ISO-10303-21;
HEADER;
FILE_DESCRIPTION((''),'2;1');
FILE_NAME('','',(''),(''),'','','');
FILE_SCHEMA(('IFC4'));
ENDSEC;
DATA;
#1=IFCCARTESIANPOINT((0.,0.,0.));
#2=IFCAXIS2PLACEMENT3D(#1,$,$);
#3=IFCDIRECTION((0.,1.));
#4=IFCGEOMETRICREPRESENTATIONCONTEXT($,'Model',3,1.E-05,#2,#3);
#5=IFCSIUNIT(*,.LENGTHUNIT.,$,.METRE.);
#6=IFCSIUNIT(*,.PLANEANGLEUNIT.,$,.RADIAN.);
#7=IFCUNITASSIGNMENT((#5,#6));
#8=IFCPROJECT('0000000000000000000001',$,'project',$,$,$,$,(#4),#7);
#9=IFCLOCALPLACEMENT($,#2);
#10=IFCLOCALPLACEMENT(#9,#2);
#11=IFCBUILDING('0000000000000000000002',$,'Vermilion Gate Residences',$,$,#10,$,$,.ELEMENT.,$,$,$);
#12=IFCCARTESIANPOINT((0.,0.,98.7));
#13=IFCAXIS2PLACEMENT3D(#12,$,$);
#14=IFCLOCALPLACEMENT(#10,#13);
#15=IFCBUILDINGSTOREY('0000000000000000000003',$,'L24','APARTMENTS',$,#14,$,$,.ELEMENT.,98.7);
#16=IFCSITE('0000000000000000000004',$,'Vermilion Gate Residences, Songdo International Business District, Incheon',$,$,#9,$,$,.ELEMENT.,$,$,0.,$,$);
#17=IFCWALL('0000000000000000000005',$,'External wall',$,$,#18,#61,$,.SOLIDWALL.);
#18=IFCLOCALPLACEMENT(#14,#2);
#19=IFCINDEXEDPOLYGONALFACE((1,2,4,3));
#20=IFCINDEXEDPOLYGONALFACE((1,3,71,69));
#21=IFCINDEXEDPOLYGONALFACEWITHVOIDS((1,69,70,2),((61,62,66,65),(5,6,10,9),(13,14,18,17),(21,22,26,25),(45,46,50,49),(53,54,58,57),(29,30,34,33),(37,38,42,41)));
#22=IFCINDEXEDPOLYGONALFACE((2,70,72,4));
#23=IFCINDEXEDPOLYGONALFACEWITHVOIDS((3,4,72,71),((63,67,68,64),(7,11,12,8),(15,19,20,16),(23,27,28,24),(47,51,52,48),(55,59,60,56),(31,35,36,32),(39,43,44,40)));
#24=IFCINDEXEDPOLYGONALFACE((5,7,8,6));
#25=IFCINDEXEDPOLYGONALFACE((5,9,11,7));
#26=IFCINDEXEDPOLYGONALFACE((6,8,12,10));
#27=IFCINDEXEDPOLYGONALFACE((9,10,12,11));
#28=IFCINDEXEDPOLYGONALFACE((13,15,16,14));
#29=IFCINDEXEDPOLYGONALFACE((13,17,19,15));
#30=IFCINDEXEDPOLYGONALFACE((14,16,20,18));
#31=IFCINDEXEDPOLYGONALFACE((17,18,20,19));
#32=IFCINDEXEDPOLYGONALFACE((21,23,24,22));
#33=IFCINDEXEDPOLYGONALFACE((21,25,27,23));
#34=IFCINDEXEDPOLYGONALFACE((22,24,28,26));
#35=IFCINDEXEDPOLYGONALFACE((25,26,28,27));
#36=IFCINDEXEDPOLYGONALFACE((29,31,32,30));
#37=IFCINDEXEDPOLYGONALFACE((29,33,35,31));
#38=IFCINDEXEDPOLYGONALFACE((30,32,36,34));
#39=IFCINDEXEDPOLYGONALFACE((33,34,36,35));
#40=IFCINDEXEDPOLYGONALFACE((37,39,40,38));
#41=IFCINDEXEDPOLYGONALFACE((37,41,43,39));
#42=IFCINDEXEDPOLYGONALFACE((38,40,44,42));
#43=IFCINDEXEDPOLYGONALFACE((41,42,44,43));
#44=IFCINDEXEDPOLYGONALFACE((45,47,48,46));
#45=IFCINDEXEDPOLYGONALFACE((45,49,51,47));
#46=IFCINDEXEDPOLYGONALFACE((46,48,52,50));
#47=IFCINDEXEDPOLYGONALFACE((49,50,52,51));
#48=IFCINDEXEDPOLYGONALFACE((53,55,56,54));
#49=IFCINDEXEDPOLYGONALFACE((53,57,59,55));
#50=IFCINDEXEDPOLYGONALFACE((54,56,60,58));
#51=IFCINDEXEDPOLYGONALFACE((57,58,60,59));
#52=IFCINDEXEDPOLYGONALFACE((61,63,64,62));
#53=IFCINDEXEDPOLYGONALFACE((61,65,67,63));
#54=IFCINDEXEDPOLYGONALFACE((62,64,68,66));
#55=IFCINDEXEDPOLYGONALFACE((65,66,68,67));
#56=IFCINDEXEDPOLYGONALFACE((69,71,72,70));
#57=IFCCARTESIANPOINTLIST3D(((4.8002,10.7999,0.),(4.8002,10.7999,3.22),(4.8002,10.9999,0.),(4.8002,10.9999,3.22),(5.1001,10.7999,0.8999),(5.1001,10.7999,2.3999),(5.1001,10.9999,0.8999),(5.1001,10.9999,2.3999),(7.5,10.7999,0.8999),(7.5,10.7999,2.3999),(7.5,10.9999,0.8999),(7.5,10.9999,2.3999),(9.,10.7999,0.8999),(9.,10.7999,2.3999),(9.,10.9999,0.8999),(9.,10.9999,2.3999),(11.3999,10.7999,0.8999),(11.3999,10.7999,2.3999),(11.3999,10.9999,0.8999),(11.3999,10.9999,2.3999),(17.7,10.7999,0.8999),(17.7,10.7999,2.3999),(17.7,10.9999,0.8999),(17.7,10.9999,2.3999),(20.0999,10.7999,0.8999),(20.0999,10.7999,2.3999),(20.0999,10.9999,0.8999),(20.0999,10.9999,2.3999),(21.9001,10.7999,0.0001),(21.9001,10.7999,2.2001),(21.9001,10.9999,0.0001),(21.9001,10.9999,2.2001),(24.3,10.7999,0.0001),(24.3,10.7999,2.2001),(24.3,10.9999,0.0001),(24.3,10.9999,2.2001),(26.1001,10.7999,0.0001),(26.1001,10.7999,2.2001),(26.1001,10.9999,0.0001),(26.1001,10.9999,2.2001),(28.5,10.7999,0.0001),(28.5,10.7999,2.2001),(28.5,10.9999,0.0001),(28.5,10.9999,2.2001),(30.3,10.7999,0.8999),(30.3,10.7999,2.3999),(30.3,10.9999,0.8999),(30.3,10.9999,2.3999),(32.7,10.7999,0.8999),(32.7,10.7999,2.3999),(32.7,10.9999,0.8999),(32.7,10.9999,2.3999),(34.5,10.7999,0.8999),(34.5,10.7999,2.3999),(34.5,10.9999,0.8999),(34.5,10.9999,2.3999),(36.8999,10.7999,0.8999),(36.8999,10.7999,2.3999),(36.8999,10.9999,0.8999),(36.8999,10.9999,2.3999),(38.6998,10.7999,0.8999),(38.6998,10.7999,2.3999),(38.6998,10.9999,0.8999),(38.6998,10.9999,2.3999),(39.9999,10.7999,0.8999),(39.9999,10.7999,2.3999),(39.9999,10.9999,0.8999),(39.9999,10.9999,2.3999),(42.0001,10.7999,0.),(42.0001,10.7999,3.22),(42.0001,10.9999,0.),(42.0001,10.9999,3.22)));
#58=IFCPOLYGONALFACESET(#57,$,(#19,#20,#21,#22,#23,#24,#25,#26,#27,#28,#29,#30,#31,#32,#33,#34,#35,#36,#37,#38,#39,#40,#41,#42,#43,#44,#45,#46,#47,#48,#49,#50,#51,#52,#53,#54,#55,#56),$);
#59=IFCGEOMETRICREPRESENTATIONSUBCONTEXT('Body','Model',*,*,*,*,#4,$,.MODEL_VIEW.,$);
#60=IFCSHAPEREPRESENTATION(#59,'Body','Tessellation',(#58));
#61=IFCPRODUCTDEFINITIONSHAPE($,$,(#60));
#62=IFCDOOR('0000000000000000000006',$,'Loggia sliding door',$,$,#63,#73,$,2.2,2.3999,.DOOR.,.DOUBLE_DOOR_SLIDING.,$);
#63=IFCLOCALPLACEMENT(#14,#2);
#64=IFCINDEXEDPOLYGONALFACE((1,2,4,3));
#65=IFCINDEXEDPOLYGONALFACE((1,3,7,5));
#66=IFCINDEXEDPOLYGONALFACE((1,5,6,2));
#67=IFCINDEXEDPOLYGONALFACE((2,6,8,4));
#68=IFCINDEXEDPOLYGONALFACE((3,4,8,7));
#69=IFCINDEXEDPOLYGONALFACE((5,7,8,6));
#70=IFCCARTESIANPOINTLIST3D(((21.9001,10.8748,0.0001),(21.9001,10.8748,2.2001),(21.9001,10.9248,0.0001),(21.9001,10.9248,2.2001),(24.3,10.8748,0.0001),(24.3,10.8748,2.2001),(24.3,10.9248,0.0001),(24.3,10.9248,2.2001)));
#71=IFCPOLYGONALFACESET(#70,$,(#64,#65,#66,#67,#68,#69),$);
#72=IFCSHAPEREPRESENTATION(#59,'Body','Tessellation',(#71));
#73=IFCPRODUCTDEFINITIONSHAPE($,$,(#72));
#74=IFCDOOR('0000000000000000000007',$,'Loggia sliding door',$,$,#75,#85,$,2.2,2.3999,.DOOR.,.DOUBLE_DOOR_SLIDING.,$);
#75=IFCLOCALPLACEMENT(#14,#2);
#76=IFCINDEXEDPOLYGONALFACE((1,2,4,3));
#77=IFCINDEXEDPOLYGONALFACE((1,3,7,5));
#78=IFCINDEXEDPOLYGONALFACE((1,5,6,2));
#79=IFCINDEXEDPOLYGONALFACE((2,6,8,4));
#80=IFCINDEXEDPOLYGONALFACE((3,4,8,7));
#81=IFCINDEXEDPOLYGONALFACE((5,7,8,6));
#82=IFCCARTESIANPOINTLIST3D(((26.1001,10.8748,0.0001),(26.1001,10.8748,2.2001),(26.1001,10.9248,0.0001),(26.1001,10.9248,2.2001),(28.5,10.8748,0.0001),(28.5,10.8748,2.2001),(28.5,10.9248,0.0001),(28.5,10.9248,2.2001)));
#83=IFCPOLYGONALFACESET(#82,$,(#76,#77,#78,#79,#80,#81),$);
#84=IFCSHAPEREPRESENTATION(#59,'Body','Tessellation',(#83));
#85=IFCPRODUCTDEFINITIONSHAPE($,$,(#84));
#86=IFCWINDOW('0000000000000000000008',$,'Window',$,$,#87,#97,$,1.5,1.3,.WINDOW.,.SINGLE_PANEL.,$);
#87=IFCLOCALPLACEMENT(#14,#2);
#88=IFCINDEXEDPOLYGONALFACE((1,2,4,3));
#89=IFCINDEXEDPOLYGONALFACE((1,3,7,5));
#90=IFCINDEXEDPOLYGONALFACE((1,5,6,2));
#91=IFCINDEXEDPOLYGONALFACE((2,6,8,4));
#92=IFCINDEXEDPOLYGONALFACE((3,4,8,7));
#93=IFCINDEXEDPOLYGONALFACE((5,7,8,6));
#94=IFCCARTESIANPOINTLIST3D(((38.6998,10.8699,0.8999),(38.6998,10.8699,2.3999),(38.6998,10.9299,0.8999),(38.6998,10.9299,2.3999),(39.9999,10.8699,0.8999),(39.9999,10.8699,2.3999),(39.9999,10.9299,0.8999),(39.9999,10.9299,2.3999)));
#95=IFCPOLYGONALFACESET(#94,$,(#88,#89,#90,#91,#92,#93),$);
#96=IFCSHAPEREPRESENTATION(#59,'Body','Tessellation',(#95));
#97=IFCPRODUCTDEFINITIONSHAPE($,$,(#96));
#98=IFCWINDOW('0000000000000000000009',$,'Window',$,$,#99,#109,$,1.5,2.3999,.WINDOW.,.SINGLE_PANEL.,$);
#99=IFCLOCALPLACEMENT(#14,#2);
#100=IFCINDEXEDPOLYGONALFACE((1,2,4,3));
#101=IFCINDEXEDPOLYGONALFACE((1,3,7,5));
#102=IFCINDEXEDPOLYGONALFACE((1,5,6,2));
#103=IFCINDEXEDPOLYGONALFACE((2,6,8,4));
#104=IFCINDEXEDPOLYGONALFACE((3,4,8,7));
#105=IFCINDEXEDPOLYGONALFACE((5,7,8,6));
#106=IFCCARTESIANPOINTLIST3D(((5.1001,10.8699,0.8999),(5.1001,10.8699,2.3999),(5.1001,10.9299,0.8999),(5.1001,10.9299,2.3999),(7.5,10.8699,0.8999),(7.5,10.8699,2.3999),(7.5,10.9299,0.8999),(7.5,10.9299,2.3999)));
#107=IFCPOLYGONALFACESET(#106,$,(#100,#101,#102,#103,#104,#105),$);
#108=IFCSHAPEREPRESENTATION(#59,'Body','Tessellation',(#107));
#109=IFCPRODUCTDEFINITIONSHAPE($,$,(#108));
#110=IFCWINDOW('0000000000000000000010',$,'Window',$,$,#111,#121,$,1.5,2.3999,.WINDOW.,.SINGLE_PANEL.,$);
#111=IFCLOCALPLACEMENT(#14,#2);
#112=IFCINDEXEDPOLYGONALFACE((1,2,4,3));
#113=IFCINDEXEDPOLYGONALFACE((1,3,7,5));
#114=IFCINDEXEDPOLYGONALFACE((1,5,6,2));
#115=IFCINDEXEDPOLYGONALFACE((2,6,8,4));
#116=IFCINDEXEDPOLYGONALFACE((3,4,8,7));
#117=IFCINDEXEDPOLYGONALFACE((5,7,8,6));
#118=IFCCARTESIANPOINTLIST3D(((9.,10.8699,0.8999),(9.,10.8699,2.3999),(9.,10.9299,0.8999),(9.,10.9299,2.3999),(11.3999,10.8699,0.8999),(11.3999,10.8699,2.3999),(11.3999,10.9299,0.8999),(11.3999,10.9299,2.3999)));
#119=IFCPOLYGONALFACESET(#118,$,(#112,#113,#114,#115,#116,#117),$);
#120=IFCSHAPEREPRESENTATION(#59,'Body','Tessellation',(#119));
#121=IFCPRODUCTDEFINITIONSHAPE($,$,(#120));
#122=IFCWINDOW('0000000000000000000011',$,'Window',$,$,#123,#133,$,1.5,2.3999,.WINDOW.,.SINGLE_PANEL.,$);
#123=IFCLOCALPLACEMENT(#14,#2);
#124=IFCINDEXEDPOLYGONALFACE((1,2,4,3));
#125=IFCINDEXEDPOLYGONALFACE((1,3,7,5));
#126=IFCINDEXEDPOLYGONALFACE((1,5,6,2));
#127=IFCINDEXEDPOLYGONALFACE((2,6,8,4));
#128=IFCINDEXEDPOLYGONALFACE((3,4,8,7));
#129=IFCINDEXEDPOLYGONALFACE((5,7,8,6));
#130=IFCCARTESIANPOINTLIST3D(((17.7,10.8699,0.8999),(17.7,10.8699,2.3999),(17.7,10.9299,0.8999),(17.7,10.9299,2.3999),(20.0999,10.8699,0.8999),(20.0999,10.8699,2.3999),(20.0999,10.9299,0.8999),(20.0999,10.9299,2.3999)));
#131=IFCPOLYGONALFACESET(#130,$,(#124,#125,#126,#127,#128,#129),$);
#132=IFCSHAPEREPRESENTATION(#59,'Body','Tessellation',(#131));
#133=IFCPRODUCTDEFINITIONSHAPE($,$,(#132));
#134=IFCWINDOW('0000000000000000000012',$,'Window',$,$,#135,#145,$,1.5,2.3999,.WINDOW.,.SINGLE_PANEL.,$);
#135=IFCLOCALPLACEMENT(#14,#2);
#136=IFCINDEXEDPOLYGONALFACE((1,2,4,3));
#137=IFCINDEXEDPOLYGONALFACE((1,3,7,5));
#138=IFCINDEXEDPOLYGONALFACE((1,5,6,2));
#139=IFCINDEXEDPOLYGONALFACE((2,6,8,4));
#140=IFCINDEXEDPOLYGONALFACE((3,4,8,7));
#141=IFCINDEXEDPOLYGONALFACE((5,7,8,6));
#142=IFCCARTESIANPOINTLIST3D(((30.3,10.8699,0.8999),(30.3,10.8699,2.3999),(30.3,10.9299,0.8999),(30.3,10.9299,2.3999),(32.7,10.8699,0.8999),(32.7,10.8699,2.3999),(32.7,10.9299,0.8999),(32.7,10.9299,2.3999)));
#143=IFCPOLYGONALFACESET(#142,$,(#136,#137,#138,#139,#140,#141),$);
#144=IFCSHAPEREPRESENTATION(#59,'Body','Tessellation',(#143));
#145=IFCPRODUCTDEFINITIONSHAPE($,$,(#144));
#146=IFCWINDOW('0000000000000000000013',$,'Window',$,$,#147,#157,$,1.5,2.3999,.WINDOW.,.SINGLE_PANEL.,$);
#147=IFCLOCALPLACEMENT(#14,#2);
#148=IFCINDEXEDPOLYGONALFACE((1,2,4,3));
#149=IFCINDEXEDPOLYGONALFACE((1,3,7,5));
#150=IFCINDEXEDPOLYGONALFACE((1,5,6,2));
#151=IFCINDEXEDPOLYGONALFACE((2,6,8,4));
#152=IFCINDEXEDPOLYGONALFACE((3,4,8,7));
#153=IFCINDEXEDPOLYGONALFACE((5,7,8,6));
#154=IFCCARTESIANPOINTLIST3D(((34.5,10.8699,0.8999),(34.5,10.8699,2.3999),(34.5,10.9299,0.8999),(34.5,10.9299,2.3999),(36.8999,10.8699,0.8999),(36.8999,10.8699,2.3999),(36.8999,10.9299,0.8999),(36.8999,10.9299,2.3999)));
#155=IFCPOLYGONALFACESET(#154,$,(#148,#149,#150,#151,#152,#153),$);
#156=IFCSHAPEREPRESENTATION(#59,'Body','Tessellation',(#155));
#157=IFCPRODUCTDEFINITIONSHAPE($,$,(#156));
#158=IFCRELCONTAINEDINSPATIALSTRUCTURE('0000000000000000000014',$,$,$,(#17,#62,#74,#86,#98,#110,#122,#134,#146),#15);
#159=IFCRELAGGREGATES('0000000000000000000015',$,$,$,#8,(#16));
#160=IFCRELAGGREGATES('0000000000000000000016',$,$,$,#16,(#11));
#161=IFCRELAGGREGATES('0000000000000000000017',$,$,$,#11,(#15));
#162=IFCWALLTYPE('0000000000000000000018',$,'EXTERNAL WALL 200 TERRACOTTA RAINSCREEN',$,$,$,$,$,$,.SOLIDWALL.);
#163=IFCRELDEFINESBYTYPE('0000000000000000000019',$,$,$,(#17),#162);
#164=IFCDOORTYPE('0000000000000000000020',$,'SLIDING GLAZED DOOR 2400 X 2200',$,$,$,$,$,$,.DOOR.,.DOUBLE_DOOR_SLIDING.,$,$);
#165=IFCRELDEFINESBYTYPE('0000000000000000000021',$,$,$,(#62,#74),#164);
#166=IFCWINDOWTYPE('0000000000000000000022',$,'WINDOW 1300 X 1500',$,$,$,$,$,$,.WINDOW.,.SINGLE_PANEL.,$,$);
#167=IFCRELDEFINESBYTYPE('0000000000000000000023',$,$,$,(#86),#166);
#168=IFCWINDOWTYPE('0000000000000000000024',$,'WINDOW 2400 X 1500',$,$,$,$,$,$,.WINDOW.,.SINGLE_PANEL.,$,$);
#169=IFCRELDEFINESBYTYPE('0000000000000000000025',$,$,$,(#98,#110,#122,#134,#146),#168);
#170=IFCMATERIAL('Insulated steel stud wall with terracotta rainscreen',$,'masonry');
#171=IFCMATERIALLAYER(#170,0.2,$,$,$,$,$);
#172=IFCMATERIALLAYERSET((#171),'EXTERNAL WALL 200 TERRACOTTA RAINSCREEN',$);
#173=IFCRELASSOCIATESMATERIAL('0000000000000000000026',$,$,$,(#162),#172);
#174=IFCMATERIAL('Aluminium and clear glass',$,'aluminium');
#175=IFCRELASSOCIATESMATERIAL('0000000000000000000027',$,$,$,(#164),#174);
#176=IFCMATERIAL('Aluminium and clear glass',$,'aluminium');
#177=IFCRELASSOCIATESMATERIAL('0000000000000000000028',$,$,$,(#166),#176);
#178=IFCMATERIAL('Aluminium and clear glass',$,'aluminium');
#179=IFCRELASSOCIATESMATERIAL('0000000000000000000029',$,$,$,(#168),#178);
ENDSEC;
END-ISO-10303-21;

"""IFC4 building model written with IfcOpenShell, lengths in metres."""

from ifc_helpers import new_model, si_unit, direction, frame, frame_2d, origin, place, context, subcontext, project, spatial, rectangle, extrude, material, layer, layer_set, type_object, element, fill, save


model = new_model("IFC4")

# Units and contexts
model_context = context("Model", 3, precision=1e-05, world=origin(), true_north=direction((0.0, 1.0)))
body_context = subcontext(model_context, "Body", "Model", "MODEL_VIEW")
ifc_project = project(units=[si_unit("LENGTHUNIT", "METRE"), si_unit("PLANEANGLEUNIT", "RADIAN")], contexts=[model_context])

# Site, building, storey
site_placement = place(None, origin())
site = spatial("IfcSite", under=ifc_project, at=site_placement, Name="Vermilion Gate Residences, Songdo International Business District, Incheon", CompositionType="ELEMENT", RefElevation=0.0)
building_placement = place(site_placement, origin())
building = spatial("IfcBuilding", under=site, at=building_placement, Name="Vermilion Gate Residences", CompositionType="ELEMENT")
storey_placement = place(building_placement, frame((0.0, 0.0, 98.7)))
storey = spatial("IfcBuildingStorey", under=building, at=storey_placement, Name="L24", Description="APARTMENTS", CompositionType="ELEMENT", Elevation=98.7)

# Shared definitions
ifc_material_1 = material(Name="Insulated steel stud wall with terracotta rainscreen", Category="masonry")
ifc_layer_1 = layer(ifc_material_1, 0.2)
ifc_layer_set_1 = layer_set([ifc_layer_1], Name="EXTERNAL WALL 200 TERRACOTTA RAINSCREEN")
wall_type_1 = type_object("IfcWallType", Name="EXTERNAL WALL 200 TERRACOTTA RAINSCREEN", PredefinedType="SOLIDWALL", material=ifc_layer_set_1)

# Wall, openings, doors, windows
wall_1_placement = place(storey_placement, frame((4.8, 10.8999, 0.0), z_axis=(0.0, 0.0, 1.0), x_axis=(1.0, 0.0, 0.0)))
wall_1 = element("IfcWall", 1, at=wall_1_placement, inside=storey, type_object=wall_type_1, Name="External wall", PredefinedType="SOLIDWALL", context=body_context, shape_type="SweptSolid", body=[
    extrude(rectangle(XDim=37.2, YDim=0.2, at=frame_2d((18.6001, 0.0))), origin(), (0.0, 0.0, 1.0), 3.22),
])
opening_1_placement = place(wall_1_placement, frame((0.3, 0.0, 0.8999)))
opening_1 = element("IfcOpeningElement", 2, at=opening_1_placement, cuts=wall_1, PredefinedType="OPENING", context=body_context, shape_type="SweptSolid", body=[
    extrude(rectangle(XDim=2.3999, YDim=1.5, at=frame_2d((1.2, 0.75))), frame((0.0, 0.1099, 0.0), z_axis=(0.0, -1.0, 0.0), x_axis=(1.0, 0.0, 0.0)), (0.0, 0.0, 1.0), 0.22),
])
opening_2_placement = place(wall_1_placement, frame((4.2, 0.0, 0.8999)))
opening_2 = element("IfcOpeningElement", 3, at=opening_2_placement, cuts=wall_1, PredefinedType="OPENING", context=body_context, shape_type="SweptSolid", body=[
    extrude(rectangle(XDim=2.3999, YDim=1.5, at=frame_2d((1.2, 0.75))), frame((0.0, 0.1099, 0.0), z_axis=(0.0, -1.0, 0.0), x_axis=(1.0, 0.0, 0.0)), (0.0, 0.0, 1.0), 0.22),
])
opening_3_placement = place(wall_1_placement, frame((12.8999, 0.0, 0.8999)))
opening_3 = element("IfcOpeningElement", 4, at=opening_3_placement, cuts=wall_1, PredefinedType="OPENING", context=body_context, shape_type="SweptSolid", body=[
    extrude(rectangle(XDim=2.3999, YDim=1.5, at=frame_2d((1.2, 0.75))), frame((0.0, 0.1099, 0.0), z_axis=(0.0, -1.0, 0.0), x_axis=(1.0, 0.0, 0.0)), (0.0, 0.0, 1.0), 0.22),
])
opening_4_placement = place(wall_1_placement, frame((17.1001, 0.0, 0.0)))
opening_4 = element("IfcOpeningElement", 5, at=opening_4_placement, cuts=wall_1, PredefinedType="OPENING", context=body_context, shape_type="SweptSolid", body=[
    extrude(rectangle(XDim=2.3999, YDim=2.2, at=frame_2d((1.2, 1.1001))), frame((0.0, 0.1099, 0.0), z_axis=(0.0, -1.0, 0.0), x_axis=(1.0, 0.0, 0.0)), (0.0, 0.0, 1.0), 0.22),
])
opening_5_placement = place(wall_1_placement, frame((21.3, 0.0, 0.0)))
opening_5 = element("IfcOpeningElement", 6, at=opening_5_placement, cuts=wall_1, PredefinedType="OPENING", context=body_context, shape_type="SweptSolid", body=[
    extrude(rectangle(XDim=2.3999, YDim=2.2, at=frame_2d((1.2, 1.1001))), frame((0.0, 0.1099, 0.0), z_axis=(0.0, -1.0, 0.0), x_axis=(1.0, 0.0, 0.0)), (0.0, 0.0, 1.0), 0.22),
])
opening_6_placement = place(wall_1_placement, frame((25.5, 0.0, 0.8999)))
opening_6 = element("IfcOpeningElement", 7, at=opening_6_placement, cuts=wall_1, PredefinedType="OPENING", context=body_context, shape_type="SweptSolid", body=[
    extrude(rectangle(XDim=2.3999, YDim=1.5, at=frame_2d((1.2, 0.75))), frame((0.0, 0.1099, 0.0), z_axis=(0.0, -1.0, 0.0), x_axis=(1.0, 0.0, 0.0)), (0.0, 0.0, 1.0), 0.22),
])
opening_7_placement = place(wall_1_placement, frame((29.7, 0.0, 0.8999)))
opening_7 = element("IfcOpeningElement", 8, at=opening_7_placement, cuts=wall_1, PredefinedType="OPENING", context=body_context, shape_type="SweptSolid", body=[
    extrude(rectangle(XDim=2.3999, YDim=1.5, at=frame_2d((1.2, 0.75))), frame((0.0, 0.1099, 0.0), z_axis=(0.0, -1.0, 0.0), x_axis=(1.0, 0.0, 0.0)), (0.0, 0.0, 1.0), 0.22),
])
opening_8_placement = place(wall_1_placement, frame((33.8999, 0.0, 0.8999)))
opening_8 = element("IfcOpeningElement", 9, at=opening_8_placement, cuts=wall_1, PredefinedType="OPENING", context=body_context, shape_type="SweptSolid", body=[
    extrude(rectangle(XDim=1.3, YDim=1.5, at=frame_2d((0.6499, 0.75))), frame((0.0, 0.1099, 0.0), z_axis=(0.0, -1.0, 0.0), x_axis=(1.0, 0.0, 0.0)), (0.0, 0.0, 1.0), 0.22),
])
ifc_material_2 = material(Name="Aluminium and clear glass", Category="aluminium")
door_type_1 = type_object("IfcDoorType", Name="SLIDING GLAZED DOOR 2400 X 2200", OperationType="DOUBLE_DOOR_SLIDING", PredefinedType="DOOR", material=ifc_material_2)
door_1_placement = place(opening_4_placement, origin())
door_1 = element("IfcDoor", 10, at=door_1_placement, inside=storey, type_object=door_type_1, Name="Loggia sliding door", OperationType="DOUBLE_DOOR_SLIDING", OverallHeight=2.2, OverallWidth=2.3999, PredefinedType="DOOR", context=body_context, shape_type="SweptSolid", body=[
    extrude(rectangle(XDim=2.3999, YDim=2.2, at=frame_2d((1.2, 1.1001))), frame((0.0, 0.0249, 0.0), z_axis=(0.0, -1.0, 0.0), x_axis=(1.0, 0.0, 0.0)), (0.0, 0.0, 1.0), 0.05),
])
fill(opening_4, door_1)
door_2_placement = place(opening_5_placement, origin())
door_2 = element("IfcDoor", 11, at=door_2_placement, inside=storey, type_object=door_type_1, Name="Loggia sliding door", OperationType="DOUBLE_DOOR_SLIDING", OverallHeight=2.2, OverallWidth=2.3999, PredefinedType="DOOR", context=body_context, shape_type="SweptSolid", body=[
    extrude(rectangle(XDim=2.3999, YDim=2.2, at=frame_2d((1.2, 1.1001))), frame((0.0, 0.0249, 0.0), z_axis=(0.0, -1.0, 0.0), x_axis=(1.0, 0.0, 0.0)), (0.0, 0.0, 1.0), 0.05),
])
fill(opening_5, door_2)
ifc_material_3 = material(Name="Aluminium and clear glass", Category="aluminium")
window_type_1 = type_object("IfcWindowType", Name="WINDOW 1300 X 1500", PartitioningType="SINGLE_PANEL", PredefinedType="WINDOW", material=ifc_material_3)
window_1_placement = place(opening_8_placement, origin())
window_1 = element("IfcWindow", 12, at=window_1_placement, inside=storey, type_object=window_type_1, Name="Window", OverallHeight=1.5, OverallWidth=1.3, PartitioningType="SINGLE_PANEL", PredefinedType="WINDOW", context=body_context, shape_type="SweptSolid", body=[
    extrude(rectangle(XDim=1.3, YDim=1.5, at=frame_2d((0.6499, 0.75))), frame((0.0, 0.03, 0.0), z_axis=(0.0, -1.0, 0.0), x_axis=(1.0, 0.0, 0.0)), (0.0, 0.0, 1.0), 0.0601),
])
fill(opening_8, window_1)
ifc_material_4 = material(Name="Aluminium and clear glass", Category="aluminium")
window_type_2 = type_object("IfcWindowType", Name="WINDOW 2400 X 1500", PartitioningType="SINGLE_PANEL", PredefinedType="WINDOW", material=ifc_material_4)
window_2_placement = place(opening_1_placement, origin())
window_2 = element("IfcWindow", 13, at=window_2_placement, inside=storey, type_object=window_type_2, Name="Window", OverallHeight=1.5, OverallWidth=2.3999, PartitioningType="SINGLE_PANEL", PredefinedType="WINDOW", context=body_context, shape_type="SweptSolid", body=[
    extrude(rectangle(XDim=2.3999, YDim=1.5, at=frame_2d((1.2, 0.75))), frame((0.0, 0.03, 0.0), z_axis=(0.0, -1.0, 0.0), x_axis=(1.0, 0.0, 0.0)), (0.0, 0.0, 1.0), 0.0601),
])
fill(opening_1, window_2)
window_3_placement = place(opening_2_placement, origin())
window_3 = element("IfcWindow", 14, at=window_3_placement, inside=storey, type_object=window_type_2, Name="Window", OverallHeight=1.5, OverallWidth=2.3999, PartitioningType="SINGLE_PANEL", PredefinedType="WINDOW", context=body_context, shape_type="SweptSolid", body=[
    extrude(rectangle(XDim=2.3999, YDim=1.5, at=frame_2d((1.2, 0.75))), frame((0.0, 0.03, 0.0), z_axis=(0.0, -1.0, 0.0), x_axis=(1.0, 0.0, 0.0)), (0.0, 0.0, 1.0), 0.0601),
])
fill(opening_2, window_3)
window_4_placement = place(opening_3_placement, origin())
window_4 = element("IfcWindow", 15, at=window_4_placement, inside=storey, type_object=window_type_2, Name="Window", OverallHeight=1.5, OverallWidth=2.3999, PartitioningType="SINGLE_PANEL", PredefinedType="WINDOW", context=body_context, shape_type="SweptSolid", body=[
    extrude(rectangle(XDim=2.3999, YDim=1.5, at=frame_2d((1.2, 0.75))), frame((0.0, 0.03, 0.0), z_axis=(0.0, -1.0, 0.0), x_axis=(1.0, 0.0, 0.0)), (0.0, 0.0, 1.0), 0.0601),
])
fill(opening_3, window_4)
window_5_placement = place(opening_6_placement, origin())
window_5 = element("IfcWindow", 16, at=window_5_placement, inside=storey, type_object=window_type_2, Name="Window", OverallHeight=1.5, OverallWidth=2.3999, PartitioningType="SINGLE_PANEL", PredefinedType="WINDOW", context=body_context, shape_type="SweptSolid", body=[
    extrude(rectangle(XDim=2.3999, YDim=1.5, at=frame_2d((1.2, 0.75))), frame((0.0, 0.03, 0.0), z_axis=(0.0, -1.0, 0.0), x_axis=(1.0, 0.0, 0.0)), (0.0, 0.0, 1.0), 0.0601),
])
fill(opening_6, window_5)
window_6_placement = place(opening_7_placement, origin())
window_6 = element("IfcWindow", 17, at=window_6_placement, inside=storey, type_object=window_type_2, Name="Window", OverallHeight=1.5, OverallWidth=2.3999, PartitioningType="SINGLE_PANEL", PredefinedType="WINDOW", context=body_context, shape_type="SweptSolid", body=[
    extrude(rectangle(XDim=2.3999, YDim=1.5, at=frame_2d((1.2, 0.75))), frame((0.0, 0.03, 0.0), z_axis=(0.0, -1.0, 0.0), x_axis=(1.0, 0.0, 0.0)), (0.0, 0.0, 1.0), 0.0601),
])
fill(opening_7, window_6)

save(model, "model.ifc")
